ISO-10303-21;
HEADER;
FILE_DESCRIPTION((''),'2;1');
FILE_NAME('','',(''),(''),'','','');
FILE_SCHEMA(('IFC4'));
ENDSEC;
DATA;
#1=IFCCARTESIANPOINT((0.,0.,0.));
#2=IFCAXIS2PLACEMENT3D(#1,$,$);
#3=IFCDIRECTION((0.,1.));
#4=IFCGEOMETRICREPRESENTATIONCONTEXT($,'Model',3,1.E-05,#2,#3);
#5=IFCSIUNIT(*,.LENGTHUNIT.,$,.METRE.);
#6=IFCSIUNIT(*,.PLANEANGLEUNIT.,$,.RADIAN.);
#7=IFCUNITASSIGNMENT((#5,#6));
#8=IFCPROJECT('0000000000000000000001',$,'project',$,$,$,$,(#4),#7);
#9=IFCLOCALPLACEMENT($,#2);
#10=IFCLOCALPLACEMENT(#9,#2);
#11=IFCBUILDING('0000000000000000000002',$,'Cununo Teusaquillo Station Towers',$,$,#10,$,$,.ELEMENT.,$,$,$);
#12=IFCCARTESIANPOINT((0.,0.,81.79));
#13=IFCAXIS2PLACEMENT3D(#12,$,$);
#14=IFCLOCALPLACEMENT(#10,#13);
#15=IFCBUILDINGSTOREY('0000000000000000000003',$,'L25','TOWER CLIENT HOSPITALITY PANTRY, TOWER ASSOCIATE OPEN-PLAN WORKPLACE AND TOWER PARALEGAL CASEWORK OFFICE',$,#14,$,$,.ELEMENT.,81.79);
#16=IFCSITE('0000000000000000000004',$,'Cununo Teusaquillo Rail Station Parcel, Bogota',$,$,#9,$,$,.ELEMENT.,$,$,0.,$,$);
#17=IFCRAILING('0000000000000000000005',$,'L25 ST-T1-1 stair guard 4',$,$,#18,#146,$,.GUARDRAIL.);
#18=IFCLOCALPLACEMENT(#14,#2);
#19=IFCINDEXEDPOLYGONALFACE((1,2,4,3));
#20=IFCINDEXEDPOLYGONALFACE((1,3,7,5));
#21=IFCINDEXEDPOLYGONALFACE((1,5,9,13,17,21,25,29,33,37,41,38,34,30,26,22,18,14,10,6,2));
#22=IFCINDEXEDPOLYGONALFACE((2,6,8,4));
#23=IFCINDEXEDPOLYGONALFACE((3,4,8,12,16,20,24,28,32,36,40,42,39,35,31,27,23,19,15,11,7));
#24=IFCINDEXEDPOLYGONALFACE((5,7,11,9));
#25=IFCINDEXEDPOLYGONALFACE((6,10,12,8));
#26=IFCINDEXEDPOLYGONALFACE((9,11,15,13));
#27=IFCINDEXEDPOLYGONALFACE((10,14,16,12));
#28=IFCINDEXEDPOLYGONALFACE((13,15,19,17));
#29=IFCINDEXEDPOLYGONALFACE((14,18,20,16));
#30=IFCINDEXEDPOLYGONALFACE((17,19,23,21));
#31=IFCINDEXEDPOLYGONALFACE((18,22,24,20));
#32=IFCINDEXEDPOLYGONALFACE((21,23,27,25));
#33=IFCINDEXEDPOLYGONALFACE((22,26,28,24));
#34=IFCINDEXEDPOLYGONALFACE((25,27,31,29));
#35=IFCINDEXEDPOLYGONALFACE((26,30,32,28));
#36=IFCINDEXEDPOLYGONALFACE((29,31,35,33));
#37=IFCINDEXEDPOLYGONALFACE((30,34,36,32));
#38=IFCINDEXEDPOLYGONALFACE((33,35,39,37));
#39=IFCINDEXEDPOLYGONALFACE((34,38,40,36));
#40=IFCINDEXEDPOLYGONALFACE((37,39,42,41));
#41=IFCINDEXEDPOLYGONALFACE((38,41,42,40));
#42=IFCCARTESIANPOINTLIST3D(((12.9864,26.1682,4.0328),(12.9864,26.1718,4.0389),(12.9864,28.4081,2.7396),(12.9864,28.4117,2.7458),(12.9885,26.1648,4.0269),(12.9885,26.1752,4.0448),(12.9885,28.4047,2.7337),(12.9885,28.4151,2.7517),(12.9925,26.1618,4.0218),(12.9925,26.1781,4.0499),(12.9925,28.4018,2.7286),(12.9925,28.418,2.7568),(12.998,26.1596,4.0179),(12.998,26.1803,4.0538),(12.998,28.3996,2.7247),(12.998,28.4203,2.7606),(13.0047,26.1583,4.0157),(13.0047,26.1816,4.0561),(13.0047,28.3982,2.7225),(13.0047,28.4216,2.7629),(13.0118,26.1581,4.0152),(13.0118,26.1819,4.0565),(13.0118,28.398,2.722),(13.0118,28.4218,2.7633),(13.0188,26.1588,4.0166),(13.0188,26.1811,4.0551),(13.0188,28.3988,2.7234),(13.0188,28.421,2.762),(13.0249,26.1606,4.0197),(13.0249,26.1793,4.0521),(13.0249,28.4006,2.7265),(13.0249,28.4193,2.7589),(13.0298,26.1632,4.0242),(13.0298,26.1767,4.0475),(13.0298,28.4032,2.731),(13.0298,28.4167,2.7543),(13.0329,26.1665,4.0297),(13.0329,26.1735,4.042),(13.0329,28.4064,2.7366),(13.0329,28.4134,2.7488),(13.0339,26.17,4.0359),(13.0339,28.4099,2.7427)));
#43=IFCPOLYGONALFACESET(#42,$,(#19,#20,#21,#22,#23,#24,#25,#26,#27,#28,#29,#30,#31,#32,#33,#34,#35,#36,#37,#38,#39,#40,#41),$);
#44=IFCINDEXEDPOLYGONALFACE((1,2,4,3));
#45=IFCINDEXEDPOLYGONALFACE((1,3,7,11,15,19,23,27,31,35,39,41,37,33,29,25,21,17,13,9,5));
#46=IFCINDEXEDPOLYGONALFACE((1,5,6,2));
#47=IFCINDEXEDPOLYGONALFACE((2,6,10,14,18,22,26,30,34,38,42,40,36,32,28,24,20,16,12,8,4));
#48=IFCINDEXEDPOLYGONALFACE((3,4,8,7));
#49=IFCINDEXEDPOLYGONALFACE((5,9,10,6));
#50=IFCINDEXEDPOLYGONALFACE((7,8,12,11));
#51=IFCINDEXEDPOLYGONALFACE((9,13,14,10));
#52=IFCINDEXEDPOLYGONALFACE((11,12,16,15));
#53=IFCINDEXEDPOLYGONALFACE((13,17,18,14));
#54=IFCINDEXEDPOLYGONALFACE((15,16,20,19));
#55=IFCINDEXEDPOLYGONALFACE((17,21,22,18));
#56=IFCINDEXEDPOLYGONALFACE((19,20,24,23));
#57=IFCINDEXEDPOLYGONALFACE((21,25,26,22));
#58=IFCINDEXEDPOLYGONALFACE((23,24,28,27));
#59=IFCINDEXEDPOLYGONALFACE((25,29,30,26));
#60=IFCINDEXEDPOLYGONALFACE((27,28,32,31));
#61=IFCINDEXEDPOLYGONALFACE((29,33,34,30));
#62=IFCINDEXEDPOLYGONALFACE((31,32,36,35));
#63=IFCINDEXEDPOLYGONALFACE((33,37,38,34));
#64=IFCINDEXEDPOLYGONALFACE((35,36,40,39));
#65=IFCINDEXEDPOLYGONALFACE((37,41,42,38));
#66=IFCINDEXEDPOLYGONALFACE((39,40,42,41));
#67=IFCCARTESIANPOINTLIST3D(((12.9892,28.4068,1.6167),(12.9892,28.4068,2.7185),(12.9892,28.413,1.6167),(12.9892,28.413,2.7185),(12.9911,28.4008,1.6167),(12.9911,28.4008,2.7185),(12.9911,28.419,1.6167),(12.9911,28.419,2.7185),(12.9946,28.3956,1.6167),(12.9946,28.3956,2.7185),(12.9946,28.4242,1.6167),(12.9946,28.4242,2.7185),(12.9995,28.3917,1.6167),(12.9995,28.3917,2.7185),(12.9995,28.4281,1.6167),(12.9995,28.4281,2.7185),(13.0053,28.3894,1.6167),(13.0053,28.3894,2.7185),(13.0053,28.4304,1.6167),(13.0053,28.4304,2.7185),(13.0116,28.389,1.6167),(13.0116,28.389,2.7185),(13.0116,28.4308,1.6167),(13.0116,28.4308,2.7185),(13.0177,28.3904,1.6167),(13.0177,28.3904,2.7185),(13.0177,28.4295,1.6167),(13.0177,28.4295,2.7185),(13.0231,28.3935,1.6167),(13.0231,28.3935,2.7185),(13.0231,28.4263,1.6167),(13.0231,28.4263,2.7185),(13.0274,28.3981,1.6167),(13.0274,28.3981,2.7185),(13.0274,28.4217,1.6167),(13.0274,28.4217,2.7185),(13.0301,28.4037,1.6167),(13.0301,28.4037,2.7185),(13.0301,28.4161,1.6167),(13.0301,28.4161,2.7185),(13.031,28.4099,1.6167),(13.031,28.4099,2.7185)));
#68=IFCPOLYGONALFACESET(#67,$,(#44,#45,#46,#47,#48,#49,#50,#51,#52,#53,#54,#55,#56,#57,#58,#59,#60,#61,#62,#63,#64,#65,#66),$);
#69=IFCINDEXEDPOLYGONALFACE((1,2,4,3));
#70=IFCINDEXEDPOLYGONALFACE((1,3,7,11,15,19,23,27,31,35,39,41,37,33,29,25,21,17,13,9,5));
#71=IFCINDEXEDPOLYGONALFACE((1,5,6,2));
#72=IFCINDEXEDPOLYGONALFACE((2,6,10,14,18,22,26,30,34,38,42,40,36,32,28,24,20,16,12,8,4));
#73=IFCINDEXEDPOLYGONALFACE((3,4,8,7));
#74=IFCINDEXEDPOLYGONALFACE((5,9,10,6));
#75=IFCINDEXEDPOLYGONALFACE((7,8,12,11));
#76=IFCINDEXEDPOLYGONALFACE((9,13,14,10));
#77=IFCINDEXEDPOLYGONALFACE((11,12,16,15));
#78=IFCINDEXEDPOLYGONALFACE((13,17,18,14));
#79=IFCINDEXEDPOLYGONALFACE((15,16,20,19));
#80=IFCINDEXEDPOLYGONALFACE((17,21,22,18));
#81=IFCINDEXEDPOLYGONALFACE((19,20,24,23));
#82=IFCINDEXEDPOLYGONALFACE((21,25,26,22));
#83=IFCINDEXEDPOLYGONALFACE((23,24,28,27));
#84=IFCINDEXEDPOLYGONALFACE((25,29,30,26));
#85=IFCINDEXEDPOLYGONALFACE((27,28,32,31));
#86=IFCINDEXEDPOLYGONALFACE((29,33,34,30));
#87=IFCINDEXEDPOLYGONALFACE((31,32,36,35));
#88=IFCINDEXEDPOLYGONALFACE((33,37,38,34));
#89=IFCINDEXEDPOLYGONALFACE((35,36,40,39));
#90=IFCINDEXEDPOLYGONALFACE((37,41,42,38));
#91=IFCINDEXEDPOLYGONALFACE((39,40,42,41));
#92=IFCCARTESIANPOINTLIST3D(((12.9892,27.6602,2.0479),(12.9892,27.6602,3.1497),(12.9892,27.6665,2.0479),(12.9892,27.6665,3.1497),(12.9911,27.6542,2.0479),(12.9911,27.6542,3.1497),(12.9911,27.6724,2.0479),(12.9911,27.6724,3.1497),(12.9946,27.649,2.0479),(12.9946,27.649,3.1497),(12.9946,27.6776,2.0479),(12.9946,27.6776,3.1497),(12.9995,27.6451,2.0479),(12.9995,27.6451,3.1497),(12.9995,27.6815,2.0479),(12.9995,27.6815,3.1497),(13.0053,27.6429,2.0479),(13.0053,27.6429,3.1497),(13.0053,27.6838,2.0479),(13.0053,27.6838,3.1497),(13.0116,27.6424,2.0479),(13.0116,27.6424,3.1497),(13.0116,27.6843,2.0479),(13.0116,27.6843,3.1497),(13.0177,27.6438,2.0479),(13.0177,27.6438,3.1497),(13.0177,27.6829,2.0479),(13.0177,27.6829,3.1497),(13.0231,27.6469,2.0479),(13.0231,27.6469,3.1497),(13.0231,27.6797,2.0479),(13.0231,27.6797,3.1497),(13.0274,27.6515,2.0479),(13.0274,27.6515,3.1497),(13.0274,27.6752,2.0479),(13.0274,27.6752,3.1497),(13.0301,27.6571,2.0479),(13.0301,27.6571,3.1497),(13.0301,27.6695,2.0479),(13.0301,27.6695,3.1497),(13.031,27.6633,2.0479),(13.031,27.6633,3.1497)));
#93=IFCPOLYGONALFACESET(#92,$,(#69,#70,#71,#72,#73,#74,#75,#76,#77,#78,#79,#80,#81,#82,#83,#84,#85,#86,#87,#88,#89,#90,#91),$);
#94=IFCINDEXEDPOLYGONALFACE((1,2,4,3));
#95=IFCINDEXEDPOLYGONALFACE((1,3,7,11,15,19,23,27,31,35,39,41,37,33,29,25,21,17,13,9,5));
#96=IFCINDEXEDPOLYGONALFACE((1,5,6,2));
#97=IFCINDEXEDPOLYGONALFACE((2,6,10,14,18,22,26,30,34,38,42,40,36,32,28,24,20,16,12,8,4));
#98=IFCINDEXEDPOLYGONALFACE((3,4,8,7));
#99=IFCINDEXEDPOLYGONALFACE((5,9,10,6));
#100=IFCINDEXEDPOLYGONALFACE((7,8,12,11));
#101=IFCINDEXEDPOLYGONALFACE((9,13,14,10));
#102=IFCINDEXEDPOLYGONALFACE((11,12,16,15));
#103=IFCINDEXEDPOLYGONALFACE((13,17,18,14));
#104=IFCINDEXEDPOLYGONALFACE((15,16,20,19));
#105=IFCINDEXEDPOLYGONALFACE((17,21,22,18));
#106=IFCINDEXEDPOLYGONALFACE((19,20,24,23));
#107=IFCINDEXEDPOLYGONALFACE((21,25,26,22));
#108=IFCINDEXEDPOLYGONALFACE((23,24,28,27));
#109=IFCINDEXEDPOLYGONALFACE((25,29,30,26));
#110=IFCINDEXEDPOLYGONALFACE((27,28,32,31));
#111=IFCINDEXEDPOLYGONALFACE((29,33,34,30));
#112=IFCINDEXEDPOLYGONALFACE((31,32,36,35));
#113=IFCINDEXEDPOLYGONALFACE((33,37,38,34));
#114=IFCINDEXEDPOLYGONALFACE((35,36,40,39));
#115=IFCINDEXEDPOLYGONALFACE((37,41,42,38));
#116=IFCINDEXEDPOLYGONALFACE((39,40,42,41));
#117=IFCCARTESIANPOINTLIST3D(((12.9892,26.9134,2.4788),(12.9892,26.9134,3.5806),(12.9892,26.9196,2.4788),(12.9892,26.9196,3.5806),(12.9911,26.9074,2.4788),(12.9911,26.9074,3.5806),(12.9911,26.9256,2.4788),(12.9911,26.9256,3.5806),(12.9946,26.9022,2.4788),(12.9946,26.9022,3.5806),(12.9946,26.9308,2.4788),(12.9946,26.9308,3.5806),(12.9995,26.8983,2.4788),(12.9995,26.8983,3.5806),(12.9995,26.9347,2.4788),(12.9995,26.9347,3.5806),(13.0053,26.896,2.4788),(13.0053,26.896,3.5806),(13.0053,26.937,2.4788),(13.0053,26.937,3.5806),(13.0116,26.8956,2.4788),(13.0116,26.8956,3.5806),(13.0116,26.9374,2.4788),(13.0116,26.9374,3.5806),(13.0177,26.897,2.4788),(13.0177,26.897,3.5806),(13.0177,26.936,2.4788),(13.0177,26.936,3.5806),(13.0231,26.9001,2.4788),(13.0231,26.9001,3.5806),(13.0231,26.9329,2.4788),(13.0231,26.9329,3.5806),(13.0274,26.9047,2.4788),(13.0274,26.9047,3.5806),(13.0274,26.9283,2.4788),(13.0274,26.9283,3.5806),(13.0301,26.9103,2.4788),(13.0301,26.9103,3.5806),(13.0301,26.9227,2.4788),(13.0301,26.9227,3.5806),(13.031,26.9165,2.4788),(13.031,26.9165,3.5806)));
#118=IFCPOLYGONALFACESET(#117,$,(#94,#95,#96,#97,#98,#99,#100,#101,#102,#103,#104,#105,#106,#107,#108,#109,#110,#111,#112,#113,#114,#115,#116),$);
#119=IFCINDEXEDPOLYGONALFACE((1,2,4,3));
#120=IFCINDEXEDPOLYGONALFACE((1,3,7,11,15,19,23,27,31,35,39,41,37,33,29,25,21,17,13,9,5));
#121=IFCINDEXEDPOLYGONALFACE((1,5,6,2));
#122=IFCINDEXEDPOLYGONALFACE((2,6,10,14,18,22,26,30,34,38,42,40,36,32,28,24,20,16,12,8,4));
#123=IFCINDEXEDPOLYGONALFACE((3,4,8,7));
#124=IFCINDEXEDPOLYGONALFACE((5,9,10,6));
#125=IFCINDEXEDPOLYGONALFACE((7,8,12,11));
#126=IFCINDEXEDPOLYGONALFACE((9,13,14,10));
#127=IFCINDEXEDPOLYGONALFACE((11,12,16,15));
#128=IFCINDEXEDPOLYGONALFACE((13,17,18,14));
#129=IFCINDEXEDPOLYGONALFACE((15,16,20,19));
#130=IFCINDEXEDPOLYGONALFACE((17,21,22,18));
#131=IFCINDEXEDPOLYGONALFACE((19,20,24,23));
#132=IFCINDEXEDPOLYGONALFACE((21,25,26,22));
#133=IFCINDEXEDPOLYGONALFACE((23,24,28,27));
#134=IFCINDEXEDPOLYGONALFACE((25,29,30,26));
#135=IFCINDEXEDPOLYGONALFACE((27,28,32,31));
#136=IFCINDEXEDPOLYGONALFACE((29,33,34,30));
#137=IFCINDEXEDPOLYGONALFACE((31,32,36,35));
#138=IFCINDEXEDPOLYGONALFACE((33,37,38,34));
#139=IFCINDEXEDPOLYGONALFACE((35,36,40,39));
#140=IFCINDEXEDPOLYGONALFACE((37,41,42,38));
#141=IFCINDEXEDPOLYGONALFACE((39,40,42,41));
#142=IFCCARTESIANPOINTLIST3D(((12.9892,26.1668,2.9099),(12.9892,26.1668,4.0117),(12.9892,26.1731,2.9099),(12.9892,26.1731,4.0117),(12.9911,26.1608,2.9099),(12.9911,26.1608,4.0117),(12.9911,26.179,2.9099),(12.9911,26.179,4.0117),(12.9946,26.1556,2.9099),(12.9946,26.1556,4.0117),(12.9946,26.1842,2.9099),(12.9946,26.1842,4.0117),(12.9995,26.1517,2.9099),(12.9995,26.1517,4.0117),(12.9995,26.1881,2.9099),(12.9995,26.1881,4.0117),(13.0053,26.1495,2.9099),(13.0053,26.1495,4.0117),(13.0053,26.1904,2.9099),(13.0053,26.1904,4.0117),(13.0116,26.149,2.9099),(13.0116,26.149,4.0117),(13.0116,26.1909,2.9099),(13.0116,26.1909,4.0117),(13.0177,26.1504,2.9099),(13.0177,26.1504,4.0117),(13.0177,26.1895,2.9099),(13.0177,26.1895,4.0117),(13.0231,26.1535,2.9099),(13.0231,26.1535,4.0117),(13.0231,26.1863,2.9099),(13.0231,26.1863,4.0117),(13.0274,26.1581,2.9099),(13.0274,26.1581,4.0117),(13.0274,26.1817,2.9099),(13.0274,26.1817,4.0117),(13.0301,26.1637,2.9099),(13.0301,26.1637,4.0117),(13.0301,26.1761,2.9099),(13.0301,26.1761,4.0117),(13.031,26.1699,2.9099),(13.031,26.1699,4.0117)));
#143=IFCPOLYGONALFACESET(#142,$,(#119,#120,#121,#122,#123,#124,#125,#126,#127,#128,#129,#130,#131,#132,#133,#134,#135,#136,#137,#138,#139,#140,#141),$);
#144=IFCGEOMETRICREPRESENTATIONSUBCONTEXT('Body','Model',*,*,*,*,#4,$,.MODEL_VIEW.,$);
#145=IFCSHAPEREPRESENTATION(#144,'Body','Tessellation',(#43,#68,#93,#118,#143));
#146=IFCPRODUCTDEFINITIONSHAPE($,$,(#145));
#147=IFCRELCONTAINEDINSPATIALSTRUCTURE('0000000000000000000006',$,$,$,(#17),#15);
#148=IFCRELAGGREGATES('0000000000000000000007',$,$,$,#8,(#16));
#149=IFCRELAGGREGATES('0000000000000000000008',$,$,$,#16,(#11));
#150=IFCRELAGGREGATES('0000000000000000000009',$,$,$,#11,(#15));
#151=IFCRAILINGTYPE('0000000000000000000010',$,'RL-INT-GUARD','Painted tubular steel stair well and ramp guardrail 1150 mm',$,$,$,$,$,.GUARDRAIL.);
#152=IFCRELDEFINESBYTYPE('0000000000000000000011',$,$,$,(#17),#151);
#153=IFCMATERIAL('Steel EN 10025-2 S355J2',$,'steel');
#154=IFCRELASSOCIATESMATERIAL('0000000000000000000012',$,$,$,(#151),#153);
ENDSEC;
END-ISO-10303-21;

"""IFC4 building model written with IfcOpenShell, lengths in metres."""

from ifc_helpers import new_model, si_unit, direction, frame, origin, origin_2d, place, context, subcontext, project, spatial, circle, extrude, material, type_object, element, save


model = new_model("IFC4")

# Units and contexts
model_context = context("Model", 3, precision=1e-05, world=origin(), true_north=direction((0.0, 1.0)))
body_context = subcontext(model_context, "Body", "Model", "MODEL_VIEW")
ifc_project = project(units=[si_unit("LENGTHUNIT", "METRE"), si_unit("PLANEANGLEUNIT", "RADIAN")], contexts=[model_context])

# Site, building, storey
site_placement = place(None, origin())
site = spatial("IfcSite", under=ifc_project, at=site_placement, Name="Cununo Teusaquillo Rail Station Parcel, Bogota", CompositionType="ELEMENT", RefElevation=0.0)
building_placement = place(site_placement, origin())
building = spatial("IfcBuilding", under=site, at=building_placement, Name="Cununo Teusaquillo Station Towers", CompositionType="ELEMENT")
storey_placement = place(building_placement, frame((0.0, 0.0, 81.79)))
storey = spatial("IfcBuildingStorey", under=building, at=storey_placement, Name="L25", Description="TOWER CLIENT HOSPITALITY PANTRY, TOWER ASSOCIATE OPEN-PLAN WORKPLACE AND TOWER PARALEGAL CASEWORK OFFICE", CompositionType="ELEMENT", Elevation=81.79)

# Railing
ifc_material_1 = material(Name="Steel EN 10025-2 S355J2", Category="steel")
railing_type_1 = type_object("IfcRailingType", Name="RL-INT-GUARD", Description="Painted tubular steel stair well and ramp guardrail 1150 mm", PredefinedType="GUARDRAIL", material=ifc_material_1)
railing_1_placement = place(storey_placement, frame((13.01, 28.4099, 1.6167)))
element("IfcRailing", 1, at=railing_1_placement, inside=storey, type_object=railing_type_1, Name="L25 ST-T1-1 stair guard 4", PredefinedType="GUARDRAIL", context=body_context, shape_type="SweptSolid", body=[
    extrude(circle(Radius=0.0239, at=origin_2d()), frame((0.0, 0.0, 1.126), z_axis=(0.0, -0.866033, 0.499987), x_axis=(1.0, 0.0, 0.0)), (0.0, 0.0, 1.0), 2.5864),
    extrude(circle(Radius=0.021, at=origin_2d()), origin(), (0.0, 0.0, 1.0), 1.1018),
    extrude(circle(Radius=0.021, at=origin_2d()), frame((0.0, -0.7466, 0.4312)), (0.0, 0.0, 1.0), 1.1018),
    extrude(circle(Radius=0.021, at=origin_2d()), frame((0.0, -1.4934, 0.8621)), (0.0, 0.0, 1.0), 1.1018),
    extrude(circle(Radius=0.021, at=origin_2d()), frame((0.0, -2.24, 1.2932)), (0.0, 0.0, 1.0), 1.1018),
])

save(model, "model.ifc")
